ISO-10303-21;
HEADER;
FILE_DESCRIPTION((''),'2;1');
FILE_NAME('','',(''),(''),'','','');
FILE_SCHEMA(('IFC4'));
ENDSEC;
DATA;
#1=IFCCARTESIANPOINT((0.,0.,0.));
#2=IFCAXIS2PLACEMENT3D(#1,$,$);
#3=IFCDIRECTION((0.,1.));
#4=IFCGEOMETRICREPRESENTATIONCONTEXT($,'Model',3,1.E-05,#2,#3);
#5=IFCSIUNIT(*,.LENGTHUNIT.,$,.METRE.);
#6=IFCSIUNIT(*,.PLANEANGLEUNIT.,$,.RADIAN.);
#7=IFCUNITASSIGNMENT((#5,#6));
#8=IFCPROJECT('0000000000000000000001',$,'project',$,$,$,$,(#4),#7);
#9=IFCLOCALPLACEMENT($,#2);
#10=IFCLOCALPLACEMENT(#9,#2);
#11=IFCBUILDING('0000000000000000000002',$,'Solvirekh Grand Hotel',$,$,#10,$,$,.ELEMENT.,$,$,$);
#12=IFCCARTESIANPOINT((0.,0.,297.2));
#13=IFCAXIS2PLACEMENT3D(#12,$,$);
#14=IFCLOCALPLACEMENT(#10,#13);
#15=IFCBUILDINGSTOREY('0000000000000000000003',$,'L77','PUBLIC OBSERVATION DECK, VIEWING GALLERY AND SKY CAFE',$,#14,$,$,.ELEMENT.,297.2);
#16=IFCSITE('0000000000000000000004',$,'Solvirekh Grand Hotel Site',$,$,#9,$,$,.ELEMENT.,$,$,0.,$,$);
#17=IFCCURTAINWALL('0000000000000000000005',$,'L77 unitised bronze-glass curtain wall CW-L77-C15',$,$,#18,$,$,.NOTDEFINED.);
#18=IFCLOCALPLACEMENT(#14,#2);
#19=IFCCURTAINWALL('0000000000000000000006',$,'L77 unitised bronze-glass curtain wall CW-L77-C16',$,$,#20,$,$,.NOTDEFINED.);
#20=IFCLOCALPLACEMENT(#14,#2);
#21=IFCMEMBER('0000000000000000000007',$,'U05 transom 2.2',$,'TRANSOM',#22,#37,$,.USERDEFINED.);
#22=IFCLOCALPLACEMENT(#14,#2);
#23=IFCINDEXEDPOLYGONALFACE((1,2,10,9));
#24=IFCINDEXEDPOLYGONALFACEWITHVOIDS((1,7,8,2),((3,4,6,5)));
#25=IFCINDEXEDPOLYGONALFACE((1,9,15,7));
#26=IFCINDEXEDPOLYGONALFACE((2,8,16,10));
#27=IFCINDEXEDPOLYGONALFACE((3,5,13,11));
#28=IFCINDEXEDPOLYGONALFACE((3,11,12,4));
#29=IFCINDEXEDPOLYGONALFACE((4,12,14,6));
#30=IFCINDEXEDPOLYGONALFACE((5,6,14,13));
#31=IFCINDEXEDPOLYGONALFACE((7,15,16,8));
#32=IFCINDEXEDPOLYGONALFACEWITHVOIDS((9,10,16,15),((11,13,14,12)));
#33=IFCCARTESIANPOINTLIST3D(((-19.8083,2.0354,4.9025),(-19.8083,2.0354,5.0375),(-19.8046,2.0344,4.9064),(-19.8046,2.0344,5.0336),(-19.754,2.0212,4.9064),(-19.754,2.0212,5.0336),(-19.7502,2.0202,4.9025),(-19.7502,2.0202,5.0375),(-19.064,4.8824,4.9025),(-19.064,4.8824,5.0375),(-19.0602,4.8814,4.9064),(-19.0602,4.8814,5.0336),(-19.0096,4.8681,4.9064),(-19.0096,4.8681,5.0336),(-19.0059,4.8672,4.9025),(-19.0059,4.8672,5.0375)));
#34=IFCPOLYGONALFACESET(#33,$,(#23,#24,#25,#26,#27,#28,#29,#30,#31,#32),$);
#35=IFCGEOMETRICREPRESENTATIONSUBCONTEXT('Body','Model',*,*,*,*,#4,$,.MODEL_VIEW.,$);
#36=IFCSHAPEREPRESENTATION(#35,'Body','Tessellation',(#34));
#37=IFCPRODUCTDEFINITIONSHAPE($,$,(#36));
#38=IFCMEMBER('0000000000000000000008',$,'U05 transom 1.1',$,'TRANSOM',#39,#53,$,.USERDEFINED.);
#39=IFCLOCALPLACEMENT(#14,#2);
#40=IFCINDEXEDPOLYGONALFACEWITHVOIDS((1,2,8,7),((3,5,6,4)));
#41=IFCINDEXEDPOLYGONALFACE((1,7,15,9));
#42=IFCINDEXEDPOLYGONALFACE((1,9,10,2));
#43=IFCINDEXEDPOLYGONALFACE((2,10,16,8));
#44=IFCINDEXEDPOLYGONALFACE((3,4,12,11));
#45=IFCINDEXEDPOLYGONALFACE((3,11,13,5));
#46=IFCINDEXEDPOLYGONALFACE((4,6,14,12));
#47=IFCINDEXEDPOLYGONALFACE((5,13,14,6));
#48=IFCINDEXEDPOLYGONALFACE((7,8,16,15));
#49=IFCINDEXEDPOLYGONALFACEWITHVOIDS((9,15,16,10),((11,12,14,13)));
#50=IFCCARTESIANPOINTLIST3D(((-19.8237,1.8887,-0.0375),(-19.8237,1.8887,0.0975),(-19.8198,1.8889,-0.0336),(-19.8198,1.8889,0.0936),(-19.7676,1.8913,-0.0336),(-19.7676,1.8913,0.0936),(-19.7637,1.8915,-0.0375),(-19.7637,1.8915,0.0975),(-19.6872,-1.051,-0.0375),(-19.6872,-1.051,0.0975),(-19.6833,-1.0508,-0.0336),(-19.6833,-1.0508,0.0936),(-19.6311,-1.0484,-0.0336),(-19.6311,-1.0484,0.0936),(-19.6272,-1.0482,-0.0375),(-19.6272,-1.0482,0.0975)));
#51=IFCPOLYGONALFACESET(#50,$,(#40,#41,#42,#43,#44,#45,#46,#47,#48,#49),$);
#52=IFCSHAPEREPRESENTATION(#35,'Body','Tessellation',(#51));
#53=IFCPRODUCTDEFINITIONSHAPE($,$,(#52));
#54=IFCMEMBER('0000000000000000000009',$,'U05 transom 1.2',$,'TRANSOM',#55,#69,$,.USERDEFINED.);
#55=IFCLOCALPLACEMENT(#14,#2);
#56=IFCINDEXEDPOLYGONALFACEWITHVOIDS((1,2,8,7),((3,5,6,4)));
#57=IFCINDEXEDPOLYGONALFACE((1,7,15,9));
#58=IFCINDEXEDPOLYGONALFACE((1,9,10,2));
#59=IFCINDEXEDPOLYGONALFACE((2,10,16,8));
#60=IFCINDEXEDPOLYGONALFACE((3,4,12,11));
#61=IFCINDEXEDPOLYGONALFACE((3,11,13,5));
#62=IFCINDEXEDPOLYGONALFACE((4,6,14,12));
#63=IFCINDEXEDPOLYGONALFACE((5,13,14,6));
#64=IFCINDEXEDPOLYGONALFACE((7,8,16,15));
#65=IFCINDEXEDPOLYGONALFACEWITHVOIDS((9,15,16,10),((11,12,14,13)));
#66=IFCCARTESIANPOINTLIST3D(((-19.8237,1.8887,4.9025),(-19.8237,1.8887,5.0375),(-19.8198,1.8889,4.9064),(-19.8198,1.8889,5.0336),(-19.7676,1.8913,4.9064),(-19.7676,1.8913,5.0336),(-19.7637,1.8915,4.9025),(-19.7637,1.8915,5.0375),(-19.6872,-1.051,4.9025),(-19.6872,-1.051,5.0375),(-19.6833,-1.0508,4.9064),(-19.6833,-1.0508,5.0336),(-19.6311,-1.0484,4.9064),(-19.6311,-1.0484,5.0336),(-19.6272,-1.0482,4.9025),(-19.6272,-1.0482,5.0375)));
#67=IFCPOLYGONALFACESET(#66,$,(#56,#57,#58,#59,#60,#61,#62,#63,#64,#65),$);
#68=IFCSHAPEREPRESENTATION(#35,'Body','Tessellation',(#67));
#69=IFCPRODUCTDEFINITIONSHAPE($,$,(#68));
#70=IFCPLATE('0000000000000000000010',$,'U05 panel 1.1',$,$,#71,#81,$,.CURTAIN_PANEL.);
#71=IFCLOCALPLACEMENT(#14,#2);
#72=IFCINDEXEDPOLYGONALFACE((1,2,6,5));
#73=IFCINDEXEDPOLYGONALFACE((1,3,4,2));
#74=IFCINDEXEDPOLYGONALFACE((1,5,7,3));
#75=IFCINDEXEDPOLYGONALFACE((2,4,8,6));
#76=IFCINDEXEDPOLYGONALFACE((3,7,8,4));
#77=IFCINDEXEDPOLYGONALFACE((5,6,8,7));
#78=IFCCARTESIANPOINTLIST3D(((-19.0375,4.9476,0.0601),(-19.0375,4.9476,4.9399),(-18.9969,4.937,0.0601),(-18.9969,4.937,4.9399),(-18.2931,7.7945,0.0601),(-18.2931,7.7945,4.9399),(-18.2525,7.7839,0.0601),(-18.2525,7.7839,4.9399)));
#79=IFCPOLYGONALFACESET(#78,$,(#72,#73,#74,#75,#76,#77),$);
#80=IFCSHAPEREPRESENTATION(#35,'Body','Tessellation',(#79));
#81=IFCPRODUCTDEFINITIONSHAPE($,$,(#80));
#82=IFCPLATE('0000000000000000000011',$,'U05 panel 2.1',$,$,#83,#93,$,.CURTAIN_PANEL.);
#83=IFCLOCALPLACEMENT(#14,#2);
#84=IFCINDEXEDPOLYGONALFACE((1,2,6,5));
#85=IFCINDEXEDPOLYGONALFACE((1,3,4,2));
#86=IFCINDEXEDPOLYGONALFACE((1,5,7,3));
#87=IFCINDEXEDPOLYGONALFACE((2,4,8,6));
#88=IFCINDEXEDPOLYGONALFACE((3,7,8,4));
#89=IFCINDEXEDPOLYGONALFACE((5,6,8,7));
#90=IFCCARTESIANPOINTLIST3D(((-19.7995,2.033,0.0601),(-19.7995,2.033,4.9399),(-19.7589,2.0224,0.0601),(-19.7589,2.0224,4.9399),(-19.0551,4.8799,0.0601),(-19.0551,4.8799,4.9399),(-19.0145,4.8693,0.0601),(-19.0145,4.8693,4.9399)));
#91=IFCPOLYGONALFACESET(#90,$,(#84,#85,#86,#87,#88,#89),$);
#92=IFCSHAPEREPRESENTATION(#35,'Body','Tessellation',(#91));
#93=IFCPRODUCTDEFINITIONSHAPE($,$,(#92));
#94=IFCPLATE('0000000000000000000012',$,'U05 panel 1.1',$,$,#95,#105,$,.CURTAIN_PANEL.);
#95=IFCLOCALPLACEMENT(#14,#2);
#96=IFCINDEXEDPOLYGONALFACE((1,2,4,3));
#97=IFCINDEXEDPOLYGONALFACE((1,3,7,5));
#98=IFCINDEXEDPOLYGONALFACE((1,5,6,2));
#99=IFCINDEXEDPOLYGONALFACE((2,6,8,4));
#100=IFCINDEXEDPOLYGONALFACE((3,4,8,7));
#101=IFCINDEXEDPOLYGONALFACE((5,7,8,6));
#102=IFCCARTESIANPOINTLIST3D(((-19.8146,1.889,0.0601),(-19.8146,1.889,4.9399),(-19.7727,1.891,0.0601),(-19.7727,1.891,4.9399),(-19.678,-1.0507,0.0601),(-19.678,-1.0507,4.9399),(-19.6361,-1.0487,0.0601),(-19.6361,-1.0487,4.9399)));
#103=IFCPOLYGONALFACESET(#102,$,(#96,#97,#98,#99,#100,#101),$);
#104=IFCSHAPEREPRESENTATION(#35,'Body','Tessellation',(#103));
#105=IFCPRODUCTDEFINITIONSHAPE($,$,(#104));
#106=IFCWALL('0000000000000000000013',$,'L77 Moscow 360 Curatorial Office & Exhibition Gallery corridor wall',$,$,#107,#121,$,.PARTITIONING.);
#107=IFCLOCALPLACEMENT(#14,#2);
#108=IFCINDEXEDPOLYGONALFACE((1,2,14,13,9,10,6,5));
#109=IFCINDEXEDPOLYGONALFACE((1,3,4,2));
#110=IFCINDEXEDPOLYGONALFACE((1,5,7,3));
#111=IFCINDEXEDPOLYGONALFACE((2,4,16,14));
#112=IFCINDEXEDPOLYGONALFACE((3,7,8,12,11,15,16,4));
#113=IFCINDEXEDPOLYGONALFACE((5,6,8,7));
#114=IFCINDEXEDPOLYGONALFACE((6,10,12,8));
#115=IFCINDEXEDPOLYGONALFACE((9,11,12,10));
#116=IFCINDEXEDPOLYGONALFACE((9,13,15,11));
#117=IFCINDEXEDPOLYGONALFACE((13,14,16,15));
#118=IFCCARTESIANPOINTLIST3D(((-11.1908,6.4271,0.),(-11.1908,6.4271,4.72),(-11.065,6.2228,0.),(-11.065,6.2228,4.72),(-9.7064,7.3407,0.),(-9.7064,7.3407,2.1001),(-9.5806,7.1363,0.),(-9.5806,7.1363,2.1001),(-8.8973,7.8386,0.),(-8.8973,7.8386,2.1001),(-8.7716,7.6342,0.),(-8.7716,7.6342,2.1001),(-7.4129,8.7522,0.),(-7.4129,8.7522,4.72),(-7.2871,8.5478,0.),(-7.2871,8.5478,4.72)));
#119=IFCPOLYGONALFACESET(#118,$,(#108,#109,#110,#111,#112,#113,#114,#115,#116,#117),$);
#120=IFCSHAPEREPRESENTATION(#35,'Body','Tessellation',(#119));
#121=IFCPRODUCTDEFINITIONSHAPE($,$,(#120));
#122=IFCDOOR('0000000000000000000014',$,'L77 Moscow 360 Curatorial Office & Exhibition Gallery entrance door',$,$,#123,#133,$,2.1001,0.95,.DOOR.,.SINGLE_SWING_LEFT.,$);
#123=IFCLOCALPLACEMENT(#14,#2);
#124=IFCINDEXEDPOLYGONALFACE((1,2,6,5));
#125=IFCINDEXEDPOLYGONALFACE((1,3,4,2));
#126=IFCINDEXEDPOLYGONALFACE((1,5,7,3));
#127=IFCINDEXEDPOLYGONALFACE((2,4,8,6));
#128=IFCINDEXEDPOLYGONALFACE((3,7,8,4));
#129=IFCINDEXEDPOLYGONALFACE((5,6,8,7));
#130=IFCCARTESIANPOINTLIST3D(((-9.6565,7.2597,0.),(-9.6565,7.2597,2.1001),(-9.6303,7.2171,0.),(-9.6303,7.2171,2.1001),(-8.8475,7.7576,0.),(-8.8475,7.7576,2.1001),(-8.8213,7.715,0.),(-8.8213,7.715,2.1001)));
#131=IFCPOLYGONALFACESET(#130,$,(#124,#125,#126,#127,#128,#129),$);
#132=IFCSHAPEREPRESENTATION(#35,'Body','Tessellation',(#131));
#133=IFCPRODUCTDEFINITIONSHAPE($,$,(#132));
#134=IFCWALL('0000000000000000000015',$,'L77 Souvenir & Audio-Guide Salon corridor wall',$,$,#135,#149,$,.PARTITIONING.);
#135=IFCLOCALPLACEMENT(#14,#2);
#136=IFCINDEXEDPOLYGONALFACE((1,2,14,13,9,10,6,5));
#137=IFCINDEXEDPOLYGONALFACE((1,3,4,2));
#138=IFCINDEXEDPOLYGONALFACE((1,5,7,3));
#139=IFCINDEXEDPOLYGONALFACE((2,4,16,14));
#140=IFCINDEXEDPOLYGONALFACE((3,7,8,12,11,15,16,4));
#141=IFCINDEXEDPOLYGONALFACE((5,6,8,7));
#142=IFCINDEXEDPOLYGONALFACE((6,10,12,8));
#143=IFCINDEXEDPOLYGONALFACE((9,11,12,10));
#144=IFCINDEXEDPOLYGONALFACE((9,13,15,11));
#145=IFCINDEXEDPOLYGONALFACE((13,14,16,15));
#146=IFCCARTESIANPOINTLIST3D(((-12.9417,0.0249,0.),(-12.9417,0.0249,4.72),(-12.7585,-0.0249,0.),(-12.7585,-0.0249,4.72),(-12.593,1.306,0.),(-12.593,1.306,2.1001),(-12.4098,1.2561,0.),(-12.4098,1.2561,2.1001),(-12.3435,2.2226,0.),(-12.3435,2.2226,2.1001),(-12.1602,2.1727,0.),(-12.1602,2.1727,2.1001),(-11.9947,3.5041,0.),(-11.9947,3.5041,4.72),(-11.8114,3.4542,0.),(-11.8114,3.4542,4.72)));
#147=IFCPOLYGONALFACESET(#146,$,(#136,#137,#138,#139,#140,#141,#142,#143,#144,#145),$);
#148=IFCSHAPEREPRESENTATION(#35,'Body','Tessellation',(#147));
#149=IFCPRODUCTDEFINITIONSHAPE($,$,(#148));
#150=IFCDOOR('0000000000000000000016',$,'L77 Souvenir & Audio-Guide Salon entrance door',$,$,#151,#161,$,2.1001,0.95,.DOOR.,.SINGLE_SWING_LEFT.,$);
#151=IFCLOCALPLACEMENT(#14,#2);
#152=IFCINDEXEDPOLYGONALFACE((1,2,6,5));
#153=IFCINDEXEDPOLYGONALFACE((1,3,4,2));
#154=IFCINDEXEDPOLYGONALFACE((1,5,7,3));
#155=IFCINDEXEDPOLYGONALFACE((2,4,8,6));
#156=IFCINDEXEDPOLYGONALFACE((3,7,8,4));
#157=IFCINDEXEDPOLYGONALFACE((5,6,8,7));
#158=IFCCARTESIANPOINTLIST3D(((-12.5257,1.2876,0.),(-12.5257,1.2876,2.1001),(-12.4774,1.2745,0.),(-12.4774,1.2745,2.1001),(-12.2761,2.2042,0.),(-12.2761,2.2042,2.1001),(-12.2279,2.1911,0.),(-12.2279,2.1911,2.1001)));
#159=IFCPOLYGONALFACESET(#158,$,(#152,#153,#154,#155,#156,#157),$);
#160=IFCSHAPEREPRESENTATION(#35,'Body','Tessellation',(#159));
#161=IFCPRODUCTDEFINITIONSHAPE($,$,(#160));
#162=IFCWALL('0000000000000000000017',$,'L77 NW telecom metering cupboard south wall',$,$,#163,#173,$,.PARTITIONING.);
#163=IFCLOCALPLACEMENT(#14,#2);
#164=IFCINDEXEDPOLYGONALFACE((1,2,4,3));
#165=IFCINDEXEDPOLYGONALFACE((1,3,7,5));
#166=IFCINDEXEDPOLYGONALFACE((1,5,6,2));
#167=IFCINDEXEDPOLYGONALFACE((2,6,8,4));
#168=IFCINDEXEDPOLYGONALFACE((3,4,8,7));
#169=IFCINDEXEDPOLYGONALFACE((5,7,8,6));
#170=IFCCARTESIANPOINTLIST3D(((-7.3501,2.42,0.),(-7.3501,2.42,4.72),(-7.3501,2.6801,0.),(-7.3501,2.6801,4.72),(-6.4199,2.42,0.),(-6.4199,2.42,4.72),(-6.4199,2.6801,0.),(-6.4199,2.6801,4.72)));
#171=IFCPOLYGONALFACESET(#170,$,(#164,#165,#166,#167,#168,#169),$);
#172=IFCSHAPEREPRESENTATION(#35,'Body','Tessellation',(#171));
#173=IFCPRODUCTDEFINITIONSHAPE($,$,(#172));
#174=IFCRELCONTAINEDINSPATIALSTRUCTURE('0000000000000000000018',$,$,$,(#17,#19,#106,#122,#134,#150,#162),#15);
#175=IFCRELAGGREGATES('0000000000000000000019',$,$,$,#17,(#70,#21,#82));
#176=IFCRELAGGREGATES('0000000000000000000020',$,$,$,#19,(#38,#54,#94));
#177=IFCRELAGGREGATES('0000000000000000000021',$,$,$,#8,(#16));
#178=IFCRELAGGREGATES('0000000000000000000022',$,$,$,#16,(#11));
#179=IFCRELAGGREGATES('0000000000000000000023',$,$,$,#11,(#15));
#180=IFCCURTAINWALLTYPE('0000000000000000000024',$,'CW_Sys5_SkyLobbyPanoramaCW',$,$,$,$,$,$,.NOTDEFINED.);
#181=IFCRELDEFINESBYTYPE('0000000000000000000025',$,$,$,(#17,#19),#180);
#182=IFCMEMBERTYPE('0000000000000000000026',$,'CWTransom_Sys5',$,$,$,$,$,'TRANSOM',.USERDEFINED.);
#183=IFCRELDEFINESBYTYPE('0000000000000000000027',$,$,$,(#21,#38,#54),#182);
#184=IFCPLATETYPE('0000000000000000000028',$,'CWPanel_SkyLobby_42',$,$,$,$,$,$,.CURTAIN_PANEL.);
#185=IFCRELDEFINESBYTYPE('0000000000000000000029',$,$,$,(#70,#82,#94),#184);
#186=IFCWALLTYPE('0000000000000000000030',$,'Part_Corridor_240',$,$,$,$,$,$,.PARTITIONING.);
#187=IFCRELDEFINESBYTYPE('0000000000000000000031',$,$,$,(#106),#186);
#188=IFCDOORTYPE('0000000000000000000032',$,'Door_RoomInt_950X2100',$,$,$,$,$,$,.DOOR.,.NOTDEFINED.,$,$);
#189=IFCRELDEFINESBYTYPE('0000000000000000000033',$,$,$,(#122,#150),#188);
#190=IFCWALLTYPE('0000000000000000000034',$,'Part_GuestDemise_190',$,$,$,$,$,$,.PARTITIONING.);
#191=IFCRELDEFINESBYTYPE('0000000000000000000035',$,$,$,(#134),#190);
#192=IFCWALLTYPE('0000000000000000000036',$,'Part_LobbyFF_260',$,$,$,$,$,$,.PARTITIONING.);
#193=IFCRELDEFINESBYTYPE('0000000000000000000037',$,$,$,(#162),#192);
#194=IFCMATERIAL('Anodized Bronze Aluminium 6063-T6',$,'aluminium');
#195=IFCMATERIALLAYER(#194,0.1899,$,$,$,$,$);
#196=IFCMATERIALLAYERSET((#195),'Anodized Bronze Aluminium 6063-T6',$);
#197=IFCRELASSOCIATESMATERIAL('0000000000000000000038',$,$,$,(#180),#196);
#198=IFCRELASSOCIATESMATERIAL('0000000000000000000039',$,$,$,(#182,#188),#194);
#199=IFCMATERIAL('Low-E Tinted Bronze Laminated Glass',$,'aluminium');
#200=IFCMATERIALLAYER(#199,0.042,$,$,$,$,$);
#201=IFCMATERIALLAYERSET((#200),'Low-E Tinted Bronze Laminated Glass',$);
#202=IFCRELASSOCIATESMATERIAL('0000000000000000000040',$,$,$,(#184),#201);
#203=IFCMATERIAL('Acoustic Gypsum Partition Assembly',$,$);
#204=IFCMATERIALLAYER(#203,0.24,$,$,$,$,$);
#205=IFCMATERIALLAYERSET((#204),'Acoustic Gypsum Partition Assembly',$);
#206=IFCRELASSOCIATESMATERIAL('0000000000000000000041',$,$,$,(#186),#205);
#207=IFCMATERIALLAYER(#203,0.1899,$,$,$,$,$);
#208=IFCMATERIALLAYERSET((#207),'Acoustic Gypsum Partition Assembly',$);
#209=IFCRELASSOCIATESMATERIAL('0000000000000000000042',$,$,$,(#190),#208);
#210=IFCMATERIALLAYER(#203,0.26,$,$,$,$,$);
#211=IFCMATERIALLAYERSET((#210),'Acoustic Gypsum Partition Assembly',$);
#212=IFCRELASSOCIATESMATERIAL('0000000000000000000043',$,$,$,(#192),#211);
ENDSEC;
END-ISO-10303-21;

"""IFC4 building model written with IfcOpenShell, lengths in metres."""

from ifc_helpers import new_model, si_unit, direction, frame, frame_2d, origin, origin_2d, place, context, subcontext, project, spatial, rectangle, hollow_rectangle, extrude, source, transform, mapped, material, layer, layer_set, material_profile, profile_set, type_object, element, fill, aggregate, save


model = new_model("IFC4")

# Units and contexts
model_context = context("Model", 3, precision=1e-05, world=origin(), true_north=direction((0.0, 1.0)))
body_context = subcontext(model_context, "Body", "Model", "MODEL_VIEW")
ifc_project = project(units=[si_unit("LENGTHUNIT", "METRE"), si_unit("PLANEANGLEUNIT", "RADIAN")], contexts=[model_context])

# Site, building, storey
site_placement = place(None, origin())
site = spatial("IfcSite", under=ifc_project, at=site_placement, Name="Solvirekh Grand Hotel Site", CompositionType="ELEMENT", RefElevation=0.0)
building_placement = place(site_placement, origin())
building = spatial("IfcBuilding", under=site, at=building_placement, Name="Solvirekh Grand Hotel", CompositionType="ELEMENT")
storey_placement = place(building_placement, frame((0.0, 0.0, 297.2)))
storey = spatial("IfcBuildingStorey", under=building, at=storey_placement, Name="L77", Description="PUBLIC OBSERVATION DECK, VIEWING GALLERY AND SKY CAFE", CompositionType="ELEMENT", Elevation=297.2)

# Curtain wall
ifc_material_1 = material(Name="Anodized Bronze Aluminium 6063-T6", Category="aluminium")
ifc_layer_1 = layer(ifc_material_1, 0.1899)
ifc_layer_set_1 = layer_set([ifc_layer_1], Name="Anodized Bronze Aluminium 6063-T6")
curtain_wall_type = type_object("IfcCurtainWallType", Name="CW_Sys5_SkyLobbyPanoramaCW", PredefinedType="NOTDEFINED", material=ifc_layer_set_1)
curtain_wall_1_placement = place(storey_placement, origin())
curtain_wall_1 = element("IfcCurtainWall", 1, at=curtain_wall_1_placement, inside=storey, type_object=curtain_wall_type, Name="L77 unitised bronze-glass curtain wall CW-L77-C15", PredefinedType="NOTDEFINED")

# Curtain wall
curtain_wall_2_placement = place(storey_placement, origin())
curtain_wall_2 = element("IfcCurtainWall", 2, at=curtain_wall_2_placement, inside=storey, type_object=curtain_wall_type, Name="L77 unitised bronze-glass curtain wall CW-L77-C16", PredefinedType="NOTDEFINED")

# Members
ifc_material_profile_1 = material_profile(ifc_material_1, hollow_rectangle(XDim=0.0601, YDim=0.135, WallThickness=0.0039, at=origin_2d()), Name="ALU RHS 135X60X4")
ifc_profile_set_1 = profile_set([ifc_material_profile_1], Name="Anodized Bronze Aluminium 6063-T6")
member_type_1 = type_object("IfcMemberType", Name="CWTransom_Sys5", ElementType="TRANSOM", PredefinedType="USERDEFINED", material=ifc_profile_set_1)
shared_shape_1 = source(origin(), body_context, "Body", "SweptSolid", [
    extrude(hollow_rectangle(XDim=0.0601, YDim=0.135, WallThickness=0.0039, at=origin_2d()), origin(), (0.0, 0.0, 1.0), 2.9426),
])
member_1_placement = place(storey_placement, frame((-19.0349, 4.8748, 4.97), z_axis=(-0.252966, -0.967475, 0.0), x_axis=(0.967475, -0.252966, 0.0)))
member_1 = element("IfcMember", 3, at=member_1_placement, type_object=member_type_1, Name="U05 transom 2.2", ObjectType="TRANSOM", PredefinedType="USERDEFINED", context=body_context, shape_type="MappedRepresentation", body=[
    mapped(shared_shape_1, transform((0.0, 0.0, 0.0), x_axis=(1.0, 0.0, 0.0), y_axis=(0.0, 1.0, 0.0), z_axis=(0.0, 0.0, 1.0), scale=1.0)),
])
shared_shape_2 = source(origin(), body_context, "Body", "SweptSolid", [
    extrude(hollow_rectangle(XDim=0.0601, YDim=0.135, WallThickness=0.0039, at=origin_2d()), origin(), (0.0, 0.0, 1.0), 2.9429),
])
member_2_placement = place(storey_placement, frame((-19.7937, 1.8901, 0.03), z_axis=(0.046375, -0.998924, 0.0), x_axis=(0.998924, 0.046375, 0.0)))
member_2 = element("IfcMember", 4, at=member_2_placement, type_object=member_type_1, Name="U05 transom 1.1", ObjectType="TRANSOM", PredefinedType="USERDEFINED", context=body_context, shape_type="MappedRepresentation", body=[
    mapped(shared_shape_2, transform((0.0, 0.0, 0.0), x_axis=(1.0, 0.0, 0.0), y_axis=(0.0, 1.0, 0.0), z_axis=(0.0, 0.0, 1.0), scale=1.0)),
])
member_3_placement = place(storey_placement, frame((-19.7937, 1.8901, 4.97), z_axis=(0.046375, -0.998924, 0.0), x_axis=(0.998924, 0.046375, 0.0)))
member_3 = element("IfcMember", 5, at=member_3_placement, type_object=member_type_1, Name="U05 transom 1.2", ObjectType="TRANSOM", PredefinedType="USERDEFINED", context=body_context, shape_type="MappedRepresentation", body=[
    mapped(shared_shape_2, transform((0.0, 0.0, 0.0), x_axis=(1.0, 0.0, 0.0), y_axis=(0.0, 1.0, 0.0), z_axis=(0.0, 0.0, 1.0), scale=1.0)),
])

# Plates
ifc_material_2 = material(Name="Low-E Tinted Bronze Laminated Glass", Category="aluminium")
ifc_layer_2 = layer(ifc_material_2, 0.042)
ifc_layer_set_2 = layer_set([ifc_layer_2], Name="Low-E Tinted Bronze Laminated Glass")
plate_type = type_object("IfcPlateType", Name="CWPanel_SkyLobby_42", PredefinedType="CURTAIN_PANEL", material=ifc_layer_set_2)
shared_shape_3 = source(origin(), body_context, "Body", "SweptSolid", [
    extrude(rectangle(XDim=2.9426, YDim=0.042, at=origin_2d()), origin(), (0.0, 0.0, 1.0), 4.8799),
])
plate_1_placement = place(storey_placement, frame((-18.645, 6.3657, 0.0601), z_axis=(0.0, 0.0, 1.0), x_axis=(-0.252983, -0.967471, 0.0)))
plate_1 = element("IfcPlate", 6, at=plate_1_placement, type_object=plate_type, Name="U05 panel 1.1", PredefinedType="CURTAIN_PANEL", context=body_context, shape_type="MappedRepresentation", body=[
    mapped(shared_shape_3, transform((0.0, 0.0, 0.0), x_axis=(1.0, 0.0, 0.0), y_axis=(0.0, 1.0, 0.0), z_axis=(0.0, 0.0, 1.0), scale=1.0)),
])
plate_2_placement = place(storey_placement, frame((-19.407, 3.4512, 0.0601), z_axis=(0.0, 0.0, 1.0), x_axis=(-0.252983, -0.967471, 0.0)))
plate_2 = element("IfcPlate", 7, at=plate_2_placement, type_object=plate_type, Name="U05 panel 2.1", PredefinedType="CURTAIN_PANEL", context=body_context, shape_type="MappedRepresentation", body=[
    mapped(shared_shape_3, transform((0.0, 0.0, 0.0), x_axis=(1.0, 0.0, 0.0), y_axis=(0.0, 1.0, 0.0), z_axis=(0.0, 0.0, 1.0), scale=1.0)),
])
aggregate(curtain_wall_1, [plate_1, member_1, plate_2])
shared_shape_4 = source(origin(), body_context, "Body", "SweptSolid", [
    extrude(rectangle(XDim=2.9429, YDim=0.042, at=origin_2d()), origin(), (0.0, 0.0, 1.0), 4.8799),
])
plate_3_placement = place(storey_placement, frame((-19.7253, 0.4202, 0.0601), z_axis=(0.0, 0.0, 1.0), x_axis=(0.046427, -0.998922, 0.0)))
plate_3 = element("IfcPlate", 8, at=plate_3_placement, type_object=plate_type, Name="U05 panel 1.1", PredefinedType="CURTAIN_PANEL", context=body_context, shape_type="MappedRepresentation", body=[
    mapped(shared_shape_4, transform((0.0, 0.0, 0.0), x_axis=(1.0, 0.0, 0.0), y_axis=(0.0, 1.0, 0.0), z_axis=(0.0, 0.0, 1.0), scale=1.0)),
])
aggregate(curtain_wall_2, [member_2, member_3, plate_3])

# Walls, openings, doors
ifc_material_3 = material(Name="Acoustic Gypsum Partition Assembly")
ifc_layer_3 = layer(ifc_material_3, 0.24)
ifc_layer_set_3 = layer_set([ifc_layer_3], Name="Acoustic Gypsum Partition Assembly")
wall_type_1 = type_object("IfcWallType", Name="Part_Corridor_240", PredefinedType="PARTITIONING", material=ifc_layer_set_3)
wall_1_placement = place(storey_placement, frame((-11.1279, 6.325, 0.0), z_axis=(0.0, 0.0, 1.0), x_axis=(0.851645, 0.524119, 0.0)))
wall_1 = element("IfcWall", 9, at=wall_1_placement, inside=storey, type_object=wall_type_1, Name="L77 Moscow 360 Curatorial Office & Exhibition Gallery corridor wall", PredefinedType="PARTITIONING", context=body_context, shape_type="SweptSolid", body=[
    extrude(rectangle(XDim=4.436, YDim=0.24, at=frame_2d((2.218, 0.0))), origin(), (0.0, 0.0, 1.0), 4.72),
])
opening_1_placement = place(wall_1_placement, frame((1.7429, 0.0, 0.0)))
opening_1 = element("IfcOpeningElement", 10, at=opening_1_placement, cuts=wall_1, PredefinedType="OPENING", context=body_context, shape_type="SweptSolid", body=[
    extrude(rectangle(XDim=0.95, YDim=2.1001, at=frame_2d((0.4751, 1.05))), frame((0.0, 0.1299, 0.0), z_axis=(0.0, -1.0, 0.0), x_axis=(1.0, 0.0, 0.0)), (0.0, 0.0, 1.0), 0.26),
])
door_type_1 = type_object("IfcDoorType", Name="Door_RoomInt_950X2100", OperationType="NOTDEFINED", PredefinedType="DOOR", material=ifc_material_1)
door_1_placement = place(opening_1_placement, origin())
door_1 = element("IfcDoor", 11, at=door_1_placement, inside=storey, type_object=door_type_1, Name="L77 Moscow 360 Curatorial Office & Exhibition Gallery entrance door", OperationType="SINGLE_SWING_LEFT", OverallHeight=2.1001, OverallWidth=0.95, PredefinedType="DOOR", context=body_context, shape_type="SweptSolid", body=[
    extrude(rectangle(XDim=0.95, YDim=2.1001, at=frame_2d((0.4751, 1.05))), frame((0.0, 0.0249, 0.0), z_axis=(0.0, -1.0, 0.0), x_axis=(1.0, 0.0, 0.0)), (0.0, 0.0, 1.0), 0.05),
])
fill(opening_1, door_1)
ifc_layer_4 = layer(ifc_material_3, 0.1899)
ifc_layer_set_4 = layer_set([ifc_layer_4], Name="Acoustic Gypsum Partition Assembly")
wall_type_2 = type_object("IfcWallType", Name="Part_GuestDemise_190", PredefinedType="PARTITIONING", material=ifc_layer_set_4)
wall_2_placement = place(storey_placement, frame((-11.9031, 3.479, 0.0), z_axis=(0.0, 0.0, 1.0), x_axis=(-0.262653, -0.96489, 0.0)))
wall_2 = element("IfcWall", 12, at=wall_2_placement, inside=storey, type_object=wall_type_2, Name="L77 Souvenir & Audio-Guide Salon corridor wall", PredefinedType="PARTITIONING", context=body_context, shape_type="SweptSolid", body=[
    extrude(rectangle(XDim=3.6057, YDim=0.1899, at=frame_2d((1.8027, 0.0))), origin(), (0.0, 0.0, 1.0), 4.72),
])
opening_2_placement = place(wall_2_placement, frame((1.3279, 0.0, 0.0)))
opening_2 = element("IfcOpeningElement", 13, at=opening_2_placement, cuts=wall_2, PredefinedType="OPENING", context=body_context, shape_type="SweptSolid", body=[
    extrude(rectangle(XDim=0.95, YDim=2.1001, at=frame_2d((0.4751, 1.05))), frame((0.0, 0.105, 0.0), z_axis=(0.0, -1.0, 0.0), x_axis=(1.0, 0.0, 0.0)), (0.0, 0.0, 1.0), 0.21),
])
door_2_placement = place(opening_2_placement, origin())
door_2 = element("IfcDoor", 14, at=door_2_placement, inside=storey, type_object=door_type_1, Name="L77 Souvenir & Audio-Guide Salon entrance door", OperationType="SINGLE_SWING_LEFT", OverallHeight=2.1001, OverallWidth=0.95, PredefinedType="DOOR", context=body_context, shape_type="SweptSolid", body=[
    extrude(rectangle(XDim=0.95, YDim=2.1001, at=frame_2d((0.4751, 1.05))), frame((0.0, 0.0249, 0.0), z_axis=(0.0, -1.0, 0.0), x_axis=(1.0, 0.0, 0.0)), (0.0, 0.0, 1.0), 0.05),
])
fill(opening_2, door_2)

# Wall
ifc_layer_5 = layer(ifc_material_3, 0.26)
ifc_layer_set_5 = layer_set([ifc_layer_5], Name="Acoustic Gypsum Partition Assembly")
wall_type_3 = type_object("IfcWallType", Name="Part_LobbyFF_260", PredefinedType="PARTITIONING", material=ifc_layer_set_5)
wall_3_placement = place(storey_placement, frame((-7.3501, 2.55, 0.0), z_axis=(0.0, 0.0, 1.0), x_axis=(1.0, 0.0, 0.0)))
element("IfcWall", 15, at=wall_3_placement, inside=storey, type_object=wall_type_3, Name="L77 NW telecom metering cupboard south wall", PredefinedType="PARTITIONING", context=body_context, shape_type="SweptSolid", body=[
    extrude(rectangle(XDim=0.9302, YDim=0.26, at=frame_2d((0.4651, 0.0))), origin(), (0.0, 0.0, 1.0), 4.72),
])

save(model, "model.ifc")
